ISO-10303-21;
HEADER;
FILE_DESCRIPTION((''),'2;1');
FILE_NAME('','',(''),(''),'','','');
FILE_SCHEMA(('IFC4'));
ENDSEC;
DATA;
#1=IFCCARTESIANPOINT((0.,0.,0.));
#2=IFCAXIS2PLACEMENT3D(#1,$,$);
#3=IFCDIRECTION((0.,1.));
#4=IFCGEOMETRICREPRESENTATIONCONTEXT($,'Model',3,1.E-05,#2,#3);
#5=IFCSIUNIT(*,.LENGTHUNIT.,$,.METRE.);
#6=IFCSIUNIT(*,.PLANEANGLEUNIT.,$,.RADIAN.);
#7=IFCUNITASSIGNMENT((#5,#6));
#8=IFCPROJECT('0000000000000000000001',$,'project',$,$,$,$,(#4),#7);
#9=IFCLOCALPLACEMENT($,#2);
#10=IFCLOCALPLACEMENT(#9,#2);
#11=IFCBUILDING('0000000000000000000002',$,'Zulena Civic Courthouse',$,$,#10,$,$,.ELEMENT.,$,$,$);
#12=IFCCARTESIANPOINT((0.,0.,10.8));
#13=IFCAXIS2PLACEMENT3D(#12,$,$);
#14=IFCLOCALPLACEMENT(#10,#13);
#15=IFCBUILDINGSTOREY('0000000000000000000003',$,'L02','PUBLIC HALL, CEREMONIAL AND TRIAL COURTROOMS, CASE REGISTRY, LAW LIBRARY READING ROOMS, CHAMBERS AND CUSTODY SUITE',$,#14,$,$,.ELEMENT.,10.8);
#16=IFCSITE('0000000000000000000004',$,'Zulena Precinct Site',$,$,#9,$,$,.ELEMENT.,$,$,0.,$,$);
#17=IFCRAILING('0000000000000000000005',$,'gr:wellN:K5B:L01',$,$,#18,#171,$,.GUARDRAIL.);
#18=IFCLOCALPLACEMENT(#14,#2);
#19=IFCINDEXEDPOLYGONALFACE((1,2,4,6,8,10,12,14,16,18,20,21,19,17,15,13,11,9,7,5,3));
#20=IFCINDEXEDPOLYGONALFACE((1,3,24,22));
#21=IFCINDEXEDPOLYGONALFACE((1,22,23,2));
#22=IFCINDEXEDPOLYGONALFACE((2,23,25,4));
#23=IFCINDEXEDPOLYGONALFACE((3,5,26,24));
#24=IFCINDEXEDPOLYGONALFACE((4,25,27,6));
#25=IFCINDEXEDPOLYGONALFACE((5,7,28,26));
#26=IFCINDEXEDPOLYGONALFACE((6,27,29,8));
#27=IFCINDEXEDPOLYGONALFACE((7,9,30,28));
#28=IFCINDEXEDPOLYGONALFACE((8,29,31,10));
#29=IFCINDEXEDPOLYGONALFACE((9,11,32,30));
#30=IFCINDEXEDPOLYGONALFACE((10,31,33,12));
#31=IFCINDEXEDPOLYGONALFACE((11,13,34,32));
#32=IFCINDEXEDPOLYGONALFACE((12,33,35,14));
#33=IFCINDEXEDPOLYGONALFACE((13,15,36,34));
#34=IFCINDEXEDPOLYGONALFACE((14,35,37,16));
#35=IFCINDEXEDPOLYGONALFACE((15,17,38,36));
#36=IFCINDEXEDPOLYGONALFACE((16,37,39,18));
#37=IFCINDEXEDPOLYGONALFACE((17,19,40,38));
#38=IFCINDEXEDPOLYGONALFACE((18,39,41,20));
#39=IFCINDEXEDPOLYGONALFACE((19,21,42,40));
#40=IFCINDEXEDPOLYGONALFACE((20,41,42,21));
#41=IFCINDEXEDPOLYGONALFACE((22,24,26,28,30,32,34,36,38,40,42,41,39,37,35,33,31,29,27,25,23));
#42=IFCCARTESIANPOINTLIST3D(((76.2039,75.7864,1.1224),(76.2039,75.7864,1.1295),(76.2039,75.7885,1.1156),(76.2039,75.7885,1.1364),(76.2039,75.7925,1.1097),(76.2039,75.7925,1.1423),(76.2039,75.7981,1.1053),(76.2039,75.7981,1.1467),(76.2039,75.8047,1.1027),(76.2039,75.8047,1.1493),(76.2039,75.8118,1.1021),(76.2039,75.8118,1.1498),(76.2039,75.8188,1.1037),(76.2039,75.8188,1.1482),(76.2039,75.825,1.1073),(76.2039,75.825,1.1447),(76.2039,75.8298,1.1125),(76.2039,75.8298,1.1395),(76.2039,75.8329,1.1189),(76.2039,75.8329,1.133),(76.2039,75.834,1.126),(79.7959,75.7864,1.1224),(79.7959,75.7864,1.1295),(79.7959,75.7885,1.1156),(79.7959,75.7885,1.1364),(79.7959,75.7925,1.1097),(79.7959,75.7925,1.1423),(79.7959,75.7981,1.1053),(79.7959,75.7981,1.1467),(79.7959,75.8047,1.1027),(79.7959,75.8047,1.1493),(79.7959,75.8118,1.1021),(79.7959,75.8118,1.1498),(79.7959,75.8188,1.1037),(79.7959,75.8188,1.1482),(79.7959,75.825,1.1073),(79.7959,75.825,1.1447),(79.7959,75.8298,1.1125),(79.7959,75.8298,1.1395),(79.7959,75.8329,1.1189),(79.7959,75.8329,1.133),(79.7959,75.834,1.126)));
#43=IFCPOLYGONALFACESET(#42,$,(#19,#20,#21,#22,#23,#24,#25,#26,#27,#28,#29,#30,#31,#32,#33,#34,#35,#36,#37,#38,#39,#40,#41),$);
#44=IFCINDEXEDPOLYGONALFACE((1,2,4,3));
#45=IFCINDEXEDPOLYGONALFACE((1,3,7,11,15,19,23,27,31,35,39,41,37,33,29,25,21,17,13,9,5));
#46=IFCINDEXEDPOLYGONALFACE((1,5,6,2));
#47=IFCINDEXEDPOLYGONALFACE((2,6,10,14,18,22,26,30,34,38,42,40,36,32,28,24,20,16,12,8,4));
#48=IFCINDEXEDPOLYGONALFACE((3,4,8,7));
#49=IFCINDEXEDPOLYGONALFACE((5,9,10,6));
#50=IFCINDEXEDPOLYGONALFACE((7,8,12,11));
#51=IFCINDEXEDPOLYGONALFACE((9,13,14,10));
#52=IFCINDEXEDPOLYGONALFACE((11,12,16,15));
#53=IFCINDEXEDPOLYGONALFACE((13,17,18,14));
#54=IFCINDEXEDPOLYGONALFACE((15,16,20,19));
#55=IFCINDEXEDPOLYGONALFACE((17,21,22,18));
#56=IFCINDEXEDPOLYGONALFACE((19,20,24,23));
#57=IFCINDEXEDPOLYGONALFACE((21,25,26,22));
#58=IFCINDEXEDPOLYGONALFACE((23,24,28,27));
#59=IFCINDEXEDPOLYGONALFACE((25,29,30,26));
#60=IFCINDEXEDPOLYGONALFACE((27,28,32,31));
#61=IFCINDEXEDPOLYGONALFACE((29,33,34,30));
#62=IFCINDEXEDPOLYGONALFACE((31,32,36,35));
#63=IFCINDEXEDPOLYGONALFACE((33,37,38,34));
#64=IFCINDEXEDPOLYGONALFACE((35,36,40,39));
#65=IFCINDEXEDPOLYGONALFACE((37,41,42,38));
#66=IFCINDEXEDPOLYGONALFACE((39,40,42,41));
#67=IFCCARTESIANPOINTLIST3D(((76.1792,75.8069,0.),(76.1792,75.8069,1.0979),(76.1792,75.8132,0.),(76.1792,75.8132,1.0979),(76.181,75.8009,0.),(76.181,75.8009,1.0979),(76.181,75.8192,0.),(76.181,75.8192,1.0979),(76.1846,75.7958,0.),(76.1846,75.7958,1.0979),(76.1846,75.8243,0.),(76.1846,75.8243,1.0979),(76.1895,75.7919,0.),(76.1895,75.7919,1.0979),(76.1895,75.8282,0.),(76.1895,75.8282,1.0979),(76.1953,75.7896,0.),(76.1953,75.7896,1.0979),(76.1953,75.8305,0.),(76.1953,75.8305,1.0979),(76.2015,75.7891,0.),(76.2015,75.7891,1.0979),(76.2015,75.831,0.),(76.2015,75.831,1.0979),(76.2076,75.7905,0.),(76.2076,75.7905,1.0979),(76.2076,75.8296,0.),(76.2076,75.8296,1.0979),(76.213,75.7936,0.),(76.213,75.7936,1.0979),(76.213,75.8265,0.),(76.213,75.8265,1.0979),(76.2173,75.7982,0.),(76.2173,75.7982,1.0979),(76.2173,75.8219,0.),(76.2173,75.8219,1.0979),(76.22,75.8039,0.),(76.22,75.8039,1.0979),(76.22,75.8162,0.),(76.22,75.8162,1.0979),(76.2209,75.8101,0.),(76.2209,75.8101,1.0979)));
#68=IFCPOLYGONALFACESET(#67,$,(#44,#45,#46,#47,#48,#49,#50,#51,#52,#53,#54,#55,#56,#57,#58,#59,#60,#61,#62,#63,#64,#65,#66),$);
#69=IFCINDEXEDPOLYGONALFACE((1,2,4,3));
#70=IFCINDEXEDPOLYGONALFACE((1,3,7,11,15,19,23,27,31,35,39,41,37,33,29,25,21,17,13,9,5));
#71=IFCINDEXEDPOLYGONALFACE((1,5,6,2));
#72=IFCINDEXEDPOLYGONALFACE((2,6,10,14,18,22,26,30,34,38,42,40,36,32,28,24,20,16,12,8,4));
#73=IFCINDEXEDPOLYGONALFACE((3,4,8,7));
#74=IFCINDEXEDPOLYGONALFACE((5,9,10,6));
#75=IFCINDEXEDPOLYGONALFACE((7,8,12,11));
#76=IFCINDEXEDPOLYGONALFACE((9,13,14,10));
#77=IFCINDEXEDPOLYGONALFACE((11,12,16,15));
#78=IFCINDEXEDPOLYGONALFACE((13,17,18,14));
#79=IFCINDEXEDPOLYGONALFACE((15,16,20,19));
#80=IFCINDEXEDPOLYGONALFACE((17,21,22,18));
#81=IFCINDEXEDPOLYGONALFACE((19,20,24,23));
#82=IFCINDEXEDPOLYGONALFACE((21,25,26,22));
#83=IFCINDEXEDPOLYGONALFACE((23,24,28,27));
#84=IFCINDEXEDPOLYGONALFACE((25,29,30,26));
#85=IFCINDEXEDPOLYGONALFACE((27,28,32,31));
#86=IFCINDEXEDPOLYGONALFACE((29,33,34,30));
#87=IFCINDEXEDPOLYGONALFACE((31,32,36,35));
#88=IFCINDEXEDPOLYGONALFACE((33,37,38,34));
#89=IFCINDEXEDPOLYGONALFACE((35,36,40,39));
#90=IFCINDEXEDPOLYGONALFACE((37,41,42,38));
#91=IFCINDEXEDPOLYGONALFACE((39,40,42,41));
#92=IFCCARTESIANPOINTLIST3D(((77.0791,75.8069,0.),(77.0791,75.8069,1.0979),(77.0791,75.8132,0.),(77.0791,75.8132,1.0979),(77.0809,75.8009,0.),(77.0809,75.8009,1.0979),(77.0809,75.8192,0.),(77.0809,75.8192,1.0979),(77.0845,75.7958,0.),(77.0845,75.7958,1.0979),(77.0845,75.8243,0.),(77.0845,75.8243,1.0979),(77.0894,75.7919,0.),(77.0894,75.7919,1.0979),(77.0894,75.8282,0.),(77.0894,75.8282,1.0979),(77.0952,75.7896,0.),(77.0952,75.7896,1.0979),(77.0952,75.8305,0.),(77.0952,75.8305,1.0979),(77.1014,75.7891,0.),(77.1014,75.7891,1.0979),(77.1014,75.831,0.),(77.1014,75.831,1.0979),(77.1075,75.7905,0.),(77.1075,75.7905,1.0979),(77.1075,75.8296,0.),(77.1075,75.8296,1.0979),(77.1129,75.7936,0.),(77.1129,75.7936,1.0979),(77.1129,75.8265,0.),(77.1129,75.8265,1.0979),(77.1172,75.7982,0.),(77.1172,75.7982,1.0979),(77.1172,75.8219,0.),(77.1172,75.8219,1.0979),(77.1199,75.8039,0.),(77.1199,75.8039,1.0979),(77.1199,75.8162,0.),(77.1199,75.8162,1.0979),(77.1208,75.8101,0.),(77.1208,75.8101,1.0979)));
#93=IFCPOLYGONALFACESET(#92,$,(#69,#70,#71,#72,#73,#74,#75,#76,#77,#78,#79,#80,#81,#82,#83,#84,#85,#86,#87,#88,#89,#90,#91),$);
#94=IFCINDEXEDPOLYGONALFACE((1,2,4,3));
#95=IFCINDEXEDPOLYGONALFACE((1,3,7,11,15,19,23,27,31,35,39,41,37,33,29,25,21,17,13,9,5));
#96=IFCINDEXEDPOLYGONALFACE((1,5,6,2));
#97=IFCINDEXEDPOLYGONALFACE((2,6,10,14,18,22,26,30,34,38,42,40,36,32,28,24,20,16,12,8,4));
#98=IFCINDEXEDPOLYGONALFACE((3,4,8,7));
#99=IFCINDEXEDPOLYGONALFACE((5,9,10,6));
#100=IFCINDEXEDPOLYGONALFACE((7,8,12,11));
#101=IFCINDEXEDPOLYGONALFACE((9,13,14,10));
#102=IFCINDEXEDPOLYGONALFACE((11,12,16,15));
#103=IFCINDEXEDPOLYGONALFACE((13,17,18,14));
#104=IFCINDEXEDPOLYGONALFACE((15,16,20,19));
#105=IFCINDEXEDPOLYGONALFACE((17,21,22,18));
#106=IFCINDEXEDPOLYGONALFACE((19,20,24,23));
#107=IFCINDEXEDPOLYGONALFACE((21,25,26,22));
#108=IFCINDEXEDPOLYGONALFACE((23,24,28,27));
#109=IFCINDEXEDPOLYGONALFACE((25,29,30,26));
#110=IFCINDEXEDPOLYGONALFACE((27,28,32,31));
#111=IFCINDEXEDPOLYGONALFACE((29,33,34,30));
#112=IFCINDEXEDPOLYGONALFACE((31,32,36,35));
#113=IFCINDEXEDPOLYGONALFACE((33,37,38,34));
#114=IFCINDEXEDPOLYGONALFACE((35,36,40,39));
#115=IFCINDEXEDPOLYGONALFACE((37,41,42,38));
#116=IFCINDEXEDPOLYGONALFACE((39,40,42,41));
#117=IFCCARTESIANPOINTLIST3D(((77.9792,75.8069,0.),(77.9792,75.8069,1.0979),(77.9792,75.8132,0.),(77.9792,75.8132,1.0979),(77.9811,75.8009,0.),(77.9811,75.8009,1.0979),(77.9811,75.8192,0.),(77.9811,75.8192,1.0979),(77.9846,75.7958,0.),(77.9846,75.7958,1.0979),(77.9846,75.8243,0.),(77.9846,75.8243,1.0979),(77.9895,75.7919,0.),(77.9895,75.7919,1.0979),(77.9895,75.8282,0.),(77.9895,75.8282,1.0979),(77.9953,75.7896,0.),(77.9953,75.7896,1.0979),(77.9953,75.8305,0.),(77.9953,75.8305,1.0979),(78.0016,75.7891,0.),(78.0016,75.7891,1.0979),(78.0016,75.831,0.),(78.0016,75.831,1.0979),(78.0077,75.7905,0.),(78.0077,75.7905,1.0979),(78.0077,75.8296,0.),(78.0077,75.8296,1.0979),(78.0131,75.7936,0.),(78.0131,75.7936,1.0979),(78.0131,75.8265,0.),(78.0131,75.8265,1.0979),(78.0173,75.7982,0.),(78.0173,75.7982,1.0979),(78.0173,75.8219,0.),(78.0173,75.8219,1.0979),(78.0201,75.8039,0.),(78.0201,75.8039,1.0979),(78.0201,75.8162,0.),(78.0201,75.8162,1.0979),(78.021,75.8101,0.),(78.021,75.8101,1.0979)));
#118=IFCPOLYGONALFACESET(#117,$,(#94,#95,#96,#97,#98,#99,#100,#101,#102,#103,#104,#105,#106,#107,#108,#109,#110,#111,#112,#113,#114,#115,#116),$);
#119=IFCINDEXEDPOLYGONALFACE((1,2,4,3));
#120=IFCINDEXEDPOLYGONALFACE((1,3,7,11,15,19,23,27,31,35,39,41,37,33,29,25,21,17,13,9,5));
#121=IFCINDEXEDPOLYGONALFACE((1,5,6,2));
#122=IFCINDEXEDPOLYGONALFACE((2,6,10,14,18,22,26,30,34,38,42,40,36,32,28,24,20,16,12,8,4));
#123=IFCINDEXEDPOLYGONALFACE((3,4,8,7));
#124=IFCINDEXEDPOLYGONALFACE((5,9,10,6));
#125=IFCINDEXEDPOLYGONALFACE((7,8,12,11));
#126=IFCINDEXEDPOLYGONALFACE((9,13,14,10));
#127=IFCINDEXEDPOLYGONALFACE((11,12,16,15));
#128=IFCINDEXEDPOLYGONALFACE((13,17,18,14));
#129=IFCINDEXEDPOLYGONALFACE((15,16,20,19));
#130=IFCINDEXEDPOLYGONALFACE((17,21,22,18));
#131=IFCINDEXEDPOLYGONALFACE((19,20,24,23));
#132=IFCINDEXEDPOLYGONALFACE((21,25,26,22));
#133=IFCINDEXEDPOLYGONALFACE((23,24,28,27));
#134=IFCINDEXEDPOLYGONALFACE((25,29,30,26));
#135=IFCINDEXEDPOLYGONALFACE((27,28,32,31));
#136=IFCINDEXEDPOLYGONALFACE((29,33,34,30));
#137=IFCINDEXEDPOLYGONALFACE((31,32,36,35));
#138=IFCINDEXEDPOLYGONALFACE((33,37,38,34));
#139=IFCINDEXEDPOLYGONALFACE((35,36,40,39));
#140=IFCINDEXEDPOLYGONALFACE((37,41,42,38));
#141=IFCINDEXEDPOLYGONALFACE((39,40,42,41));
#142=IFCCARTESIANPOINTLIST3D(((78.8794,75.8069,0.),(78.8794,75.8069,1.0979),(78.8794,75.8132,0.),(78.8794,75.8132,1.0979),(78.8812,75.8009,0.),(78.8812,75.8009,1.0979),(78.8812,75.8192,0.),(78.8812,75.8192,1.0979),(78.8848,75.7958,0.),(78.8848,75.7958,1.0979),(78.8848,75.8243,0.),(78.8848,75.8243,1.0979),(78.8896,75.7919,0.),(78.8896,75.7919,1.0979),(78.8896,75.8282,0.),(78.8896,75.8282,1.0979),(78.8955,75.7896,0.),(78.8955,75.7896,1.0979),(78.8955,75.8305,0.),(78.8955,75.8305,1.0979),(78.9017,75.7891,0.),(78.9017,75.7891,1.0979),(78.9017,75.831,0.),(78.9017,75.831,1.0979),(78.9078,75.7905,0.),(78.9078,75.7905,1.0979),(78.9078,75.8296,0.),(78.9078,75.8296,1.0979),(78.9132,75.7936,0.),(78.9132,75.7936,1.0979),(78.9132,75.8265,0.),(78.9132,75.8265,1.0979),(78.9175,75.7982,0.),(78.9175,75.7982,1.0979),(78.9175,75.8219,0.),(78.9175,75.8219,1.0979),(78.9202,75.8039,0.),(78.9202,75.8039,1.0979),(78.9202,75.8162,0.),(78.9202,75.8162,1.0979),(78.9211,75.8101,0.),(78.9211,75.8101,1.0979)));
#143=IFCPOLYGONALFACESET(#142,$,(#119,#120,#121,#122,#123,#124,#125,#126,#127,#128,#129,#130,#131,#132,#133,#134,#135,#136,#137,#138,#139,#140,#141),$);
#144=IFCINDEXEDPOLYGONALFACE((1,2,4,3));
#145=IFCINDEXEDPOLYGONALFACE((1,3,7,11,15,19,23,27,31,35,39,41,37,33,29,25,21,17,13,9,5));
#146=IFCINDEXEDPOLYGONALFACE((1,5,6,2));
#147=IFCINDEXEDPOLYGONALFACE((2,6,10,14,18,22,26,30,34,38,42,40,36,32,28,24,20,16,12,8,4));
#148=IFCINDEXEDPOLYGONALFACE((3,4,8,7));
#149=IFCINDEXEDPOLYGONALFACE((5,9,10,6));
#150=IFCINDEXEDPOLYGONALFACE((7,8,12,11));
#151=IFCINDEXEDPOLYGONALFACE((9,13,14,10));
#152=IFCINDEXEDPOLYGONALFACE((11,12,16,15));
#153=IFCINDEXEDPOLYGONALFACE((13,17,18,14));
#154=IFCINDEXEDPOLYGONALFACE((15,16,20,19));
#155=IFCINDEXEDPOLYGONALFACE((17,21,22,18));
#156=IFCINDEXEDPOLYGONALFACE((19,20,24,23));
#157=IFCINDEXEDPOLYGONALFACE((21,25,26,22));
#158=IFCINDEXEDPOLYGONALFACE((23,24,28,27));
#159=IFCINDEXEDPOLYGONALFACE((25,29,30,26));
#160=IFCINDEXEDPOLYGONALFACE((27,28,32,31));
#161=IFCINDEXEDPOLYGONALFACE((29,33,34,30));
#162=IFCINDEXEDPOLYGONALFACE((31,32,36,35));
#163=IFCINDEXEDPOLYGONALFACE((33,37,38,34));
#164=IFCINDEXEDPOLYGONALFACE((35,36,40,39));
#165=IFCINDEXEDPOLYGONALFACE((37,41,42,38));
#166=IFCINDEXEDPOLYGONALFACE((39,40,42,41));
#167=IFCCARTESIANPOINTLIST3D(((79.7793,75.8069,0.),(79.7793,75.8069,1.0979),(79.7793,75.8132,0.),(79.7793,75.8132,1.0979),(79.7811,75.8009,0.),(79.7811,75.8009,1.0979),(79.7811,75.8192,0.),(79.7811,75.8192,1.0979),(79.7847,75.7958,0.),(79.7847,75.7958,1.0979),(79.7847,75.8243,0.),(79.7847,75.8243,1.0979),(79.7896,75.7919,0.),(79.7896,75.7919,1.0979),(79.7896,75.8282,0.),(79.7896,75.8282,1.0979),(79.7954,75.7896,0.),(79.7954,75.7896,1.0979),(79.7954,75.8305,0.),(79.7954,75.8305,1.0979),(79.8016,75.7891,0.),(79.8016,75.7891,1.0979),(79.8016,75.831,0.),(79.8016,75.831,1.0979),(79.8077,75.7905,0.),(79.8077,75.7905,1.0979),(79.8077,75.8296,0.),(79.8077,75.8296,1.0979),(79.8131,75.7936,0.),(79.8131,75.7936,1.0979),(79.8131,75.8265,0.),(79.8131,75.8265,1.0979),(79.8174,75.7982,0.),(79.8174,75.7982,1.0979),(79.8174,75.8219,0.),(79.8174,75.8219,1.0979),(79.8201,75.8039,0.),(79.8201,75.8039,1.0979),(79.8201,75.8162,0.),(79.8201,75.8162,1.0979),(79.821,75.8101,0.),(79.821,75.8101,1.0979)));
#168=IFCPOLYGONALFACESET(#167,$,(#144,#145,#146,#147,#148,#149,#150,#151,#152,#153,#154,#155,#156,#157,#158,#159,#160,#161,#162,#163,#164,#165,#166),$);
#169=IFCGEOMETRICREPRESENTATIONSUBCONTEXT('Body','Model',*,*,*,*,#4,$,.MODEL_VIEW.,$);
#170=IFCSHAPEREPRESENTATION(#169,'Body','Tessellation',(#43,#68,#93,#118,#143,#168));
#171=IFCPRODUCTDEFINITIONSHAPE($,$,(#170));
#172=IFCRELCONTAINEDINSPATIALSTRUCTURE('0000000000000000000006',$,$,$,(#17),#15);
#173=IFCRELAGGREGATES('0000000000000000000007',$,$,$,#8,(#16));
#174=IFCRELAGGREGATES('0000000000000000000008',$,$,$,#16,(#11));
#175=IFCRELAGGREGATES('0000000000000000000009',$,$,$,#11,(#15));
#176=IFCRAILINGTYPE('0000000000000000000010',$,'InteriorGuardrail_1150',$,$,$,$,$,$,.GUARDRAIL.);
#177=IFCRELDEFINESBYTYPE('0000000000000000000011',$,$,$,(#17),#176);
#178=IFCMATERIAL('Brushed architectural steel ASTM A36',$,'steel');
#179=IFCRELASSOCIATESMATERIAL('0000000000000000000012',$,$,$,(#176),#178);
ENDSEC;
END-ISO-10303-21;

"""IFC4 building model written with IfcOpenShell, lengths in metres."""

from ifc_helpers import new_model, si_unit, direction, frame, origin, origin_2d, place, context, subcontext, project, spatial, circle, extrude, material, type_object, element, save


model = new_model("IFC4")

# Units and contexts
model_context = context("Model", 3, precision=1e-05, world=origin(), true_north=direction((0.0, 1.0)))
body_context = subcontext(model_context, "Body", "Model", "MODEL_VIEW")
ifc_project = project(units=[si_unit("LENGTHUNIT", "METRE"), si_unit("PLANEANGLEUNIT", "RADIAN")], contexts=[model_context])

# Site, building, storey
site_placement = place(None, origin())
site = spatial("IfcSite", under=ifc_project, at=site_placement, Name="Zulena Precinct Site", CompositionType="ELEMENT", RefElevation=0.0)
building_placement = place(site_placement, origin())
building = spatial("IfcBuilding", under=site, at=building_placement, Name="Zulena Civic Courthouse", CompositionType="ELEMENT")
storey_placement = place(building_placement, frame((0.0, 0.0, 10.8)))
storey = spatial("IfcBuildingStorey", under=building, at=storey_placement, Name="L02", Description="PUBLIC HALL, CEREMONIAL AND TRIAL COURTROOMS, CASE REGISTRY, LAW LIBRARY READING ROOMS, CHAMBERS AND CUSTODY SUITE", CompositionType="ELEMENT", Elevation=10.8)

# Railing
ifc_material_1 = material(Name="Brushed architectural steel ASTM A36", Category="steel")
railing_type_1 = type_object("IfcRailingType", Name="InteriorGuardrail_1150", PredefinedType="GUARDRAIL", material=ifc_material_1)
railing_1_placement = place(storey_placement, frame((76.2, 75.8101, 0.0)))
element("IfcRailing", 1, at=railing_1_placement, inside=storey, type_object=railing_type_1, Name="gr:wellN:K5B:L01", PredefinedType="GUARDRAIL", context=body_context, shape_type="SweptSolid", body=[
    extrude(circle(Radius=0.0239, at=origin_2d()), frame((0.0039, 0.0, 1.126), z_axis=(1.0, 0.0, 0.0), x_axis=(0.0, 1.0, 0.0)), (0.0, 0.0, 1.0), 3.592),
    extrude(circle(Radius=0.021, at=origin_2d()), origin(), (0.0, 0.0, 1.0), 1.0979),
    extrude(circle(Radius=0.021, at=origin_2d()), frame((0.8999, 0.0, 0.0)), (0.0, 0.0, 1.0), 1.0979),
    extrude(circle(Radius=0.021, at=origin_2d()), frame((1.8, 0.0, 0.0)), (0.0, 0.0, 1.0), 1.0979),
    extrude(circle(Radius=0.021, at=origin_2d()), frame((2.7002, 0.0, 0.0)), (0.0, 0.0, 1.0), 1.0979),
    extrude(circle(Radius=0.021, at=origin_2d()), frame((3.6001, 0.0, 0.0)), (0.0, 0.0, 1.0), 1.0979),
])

save(model, "model.ifc")
